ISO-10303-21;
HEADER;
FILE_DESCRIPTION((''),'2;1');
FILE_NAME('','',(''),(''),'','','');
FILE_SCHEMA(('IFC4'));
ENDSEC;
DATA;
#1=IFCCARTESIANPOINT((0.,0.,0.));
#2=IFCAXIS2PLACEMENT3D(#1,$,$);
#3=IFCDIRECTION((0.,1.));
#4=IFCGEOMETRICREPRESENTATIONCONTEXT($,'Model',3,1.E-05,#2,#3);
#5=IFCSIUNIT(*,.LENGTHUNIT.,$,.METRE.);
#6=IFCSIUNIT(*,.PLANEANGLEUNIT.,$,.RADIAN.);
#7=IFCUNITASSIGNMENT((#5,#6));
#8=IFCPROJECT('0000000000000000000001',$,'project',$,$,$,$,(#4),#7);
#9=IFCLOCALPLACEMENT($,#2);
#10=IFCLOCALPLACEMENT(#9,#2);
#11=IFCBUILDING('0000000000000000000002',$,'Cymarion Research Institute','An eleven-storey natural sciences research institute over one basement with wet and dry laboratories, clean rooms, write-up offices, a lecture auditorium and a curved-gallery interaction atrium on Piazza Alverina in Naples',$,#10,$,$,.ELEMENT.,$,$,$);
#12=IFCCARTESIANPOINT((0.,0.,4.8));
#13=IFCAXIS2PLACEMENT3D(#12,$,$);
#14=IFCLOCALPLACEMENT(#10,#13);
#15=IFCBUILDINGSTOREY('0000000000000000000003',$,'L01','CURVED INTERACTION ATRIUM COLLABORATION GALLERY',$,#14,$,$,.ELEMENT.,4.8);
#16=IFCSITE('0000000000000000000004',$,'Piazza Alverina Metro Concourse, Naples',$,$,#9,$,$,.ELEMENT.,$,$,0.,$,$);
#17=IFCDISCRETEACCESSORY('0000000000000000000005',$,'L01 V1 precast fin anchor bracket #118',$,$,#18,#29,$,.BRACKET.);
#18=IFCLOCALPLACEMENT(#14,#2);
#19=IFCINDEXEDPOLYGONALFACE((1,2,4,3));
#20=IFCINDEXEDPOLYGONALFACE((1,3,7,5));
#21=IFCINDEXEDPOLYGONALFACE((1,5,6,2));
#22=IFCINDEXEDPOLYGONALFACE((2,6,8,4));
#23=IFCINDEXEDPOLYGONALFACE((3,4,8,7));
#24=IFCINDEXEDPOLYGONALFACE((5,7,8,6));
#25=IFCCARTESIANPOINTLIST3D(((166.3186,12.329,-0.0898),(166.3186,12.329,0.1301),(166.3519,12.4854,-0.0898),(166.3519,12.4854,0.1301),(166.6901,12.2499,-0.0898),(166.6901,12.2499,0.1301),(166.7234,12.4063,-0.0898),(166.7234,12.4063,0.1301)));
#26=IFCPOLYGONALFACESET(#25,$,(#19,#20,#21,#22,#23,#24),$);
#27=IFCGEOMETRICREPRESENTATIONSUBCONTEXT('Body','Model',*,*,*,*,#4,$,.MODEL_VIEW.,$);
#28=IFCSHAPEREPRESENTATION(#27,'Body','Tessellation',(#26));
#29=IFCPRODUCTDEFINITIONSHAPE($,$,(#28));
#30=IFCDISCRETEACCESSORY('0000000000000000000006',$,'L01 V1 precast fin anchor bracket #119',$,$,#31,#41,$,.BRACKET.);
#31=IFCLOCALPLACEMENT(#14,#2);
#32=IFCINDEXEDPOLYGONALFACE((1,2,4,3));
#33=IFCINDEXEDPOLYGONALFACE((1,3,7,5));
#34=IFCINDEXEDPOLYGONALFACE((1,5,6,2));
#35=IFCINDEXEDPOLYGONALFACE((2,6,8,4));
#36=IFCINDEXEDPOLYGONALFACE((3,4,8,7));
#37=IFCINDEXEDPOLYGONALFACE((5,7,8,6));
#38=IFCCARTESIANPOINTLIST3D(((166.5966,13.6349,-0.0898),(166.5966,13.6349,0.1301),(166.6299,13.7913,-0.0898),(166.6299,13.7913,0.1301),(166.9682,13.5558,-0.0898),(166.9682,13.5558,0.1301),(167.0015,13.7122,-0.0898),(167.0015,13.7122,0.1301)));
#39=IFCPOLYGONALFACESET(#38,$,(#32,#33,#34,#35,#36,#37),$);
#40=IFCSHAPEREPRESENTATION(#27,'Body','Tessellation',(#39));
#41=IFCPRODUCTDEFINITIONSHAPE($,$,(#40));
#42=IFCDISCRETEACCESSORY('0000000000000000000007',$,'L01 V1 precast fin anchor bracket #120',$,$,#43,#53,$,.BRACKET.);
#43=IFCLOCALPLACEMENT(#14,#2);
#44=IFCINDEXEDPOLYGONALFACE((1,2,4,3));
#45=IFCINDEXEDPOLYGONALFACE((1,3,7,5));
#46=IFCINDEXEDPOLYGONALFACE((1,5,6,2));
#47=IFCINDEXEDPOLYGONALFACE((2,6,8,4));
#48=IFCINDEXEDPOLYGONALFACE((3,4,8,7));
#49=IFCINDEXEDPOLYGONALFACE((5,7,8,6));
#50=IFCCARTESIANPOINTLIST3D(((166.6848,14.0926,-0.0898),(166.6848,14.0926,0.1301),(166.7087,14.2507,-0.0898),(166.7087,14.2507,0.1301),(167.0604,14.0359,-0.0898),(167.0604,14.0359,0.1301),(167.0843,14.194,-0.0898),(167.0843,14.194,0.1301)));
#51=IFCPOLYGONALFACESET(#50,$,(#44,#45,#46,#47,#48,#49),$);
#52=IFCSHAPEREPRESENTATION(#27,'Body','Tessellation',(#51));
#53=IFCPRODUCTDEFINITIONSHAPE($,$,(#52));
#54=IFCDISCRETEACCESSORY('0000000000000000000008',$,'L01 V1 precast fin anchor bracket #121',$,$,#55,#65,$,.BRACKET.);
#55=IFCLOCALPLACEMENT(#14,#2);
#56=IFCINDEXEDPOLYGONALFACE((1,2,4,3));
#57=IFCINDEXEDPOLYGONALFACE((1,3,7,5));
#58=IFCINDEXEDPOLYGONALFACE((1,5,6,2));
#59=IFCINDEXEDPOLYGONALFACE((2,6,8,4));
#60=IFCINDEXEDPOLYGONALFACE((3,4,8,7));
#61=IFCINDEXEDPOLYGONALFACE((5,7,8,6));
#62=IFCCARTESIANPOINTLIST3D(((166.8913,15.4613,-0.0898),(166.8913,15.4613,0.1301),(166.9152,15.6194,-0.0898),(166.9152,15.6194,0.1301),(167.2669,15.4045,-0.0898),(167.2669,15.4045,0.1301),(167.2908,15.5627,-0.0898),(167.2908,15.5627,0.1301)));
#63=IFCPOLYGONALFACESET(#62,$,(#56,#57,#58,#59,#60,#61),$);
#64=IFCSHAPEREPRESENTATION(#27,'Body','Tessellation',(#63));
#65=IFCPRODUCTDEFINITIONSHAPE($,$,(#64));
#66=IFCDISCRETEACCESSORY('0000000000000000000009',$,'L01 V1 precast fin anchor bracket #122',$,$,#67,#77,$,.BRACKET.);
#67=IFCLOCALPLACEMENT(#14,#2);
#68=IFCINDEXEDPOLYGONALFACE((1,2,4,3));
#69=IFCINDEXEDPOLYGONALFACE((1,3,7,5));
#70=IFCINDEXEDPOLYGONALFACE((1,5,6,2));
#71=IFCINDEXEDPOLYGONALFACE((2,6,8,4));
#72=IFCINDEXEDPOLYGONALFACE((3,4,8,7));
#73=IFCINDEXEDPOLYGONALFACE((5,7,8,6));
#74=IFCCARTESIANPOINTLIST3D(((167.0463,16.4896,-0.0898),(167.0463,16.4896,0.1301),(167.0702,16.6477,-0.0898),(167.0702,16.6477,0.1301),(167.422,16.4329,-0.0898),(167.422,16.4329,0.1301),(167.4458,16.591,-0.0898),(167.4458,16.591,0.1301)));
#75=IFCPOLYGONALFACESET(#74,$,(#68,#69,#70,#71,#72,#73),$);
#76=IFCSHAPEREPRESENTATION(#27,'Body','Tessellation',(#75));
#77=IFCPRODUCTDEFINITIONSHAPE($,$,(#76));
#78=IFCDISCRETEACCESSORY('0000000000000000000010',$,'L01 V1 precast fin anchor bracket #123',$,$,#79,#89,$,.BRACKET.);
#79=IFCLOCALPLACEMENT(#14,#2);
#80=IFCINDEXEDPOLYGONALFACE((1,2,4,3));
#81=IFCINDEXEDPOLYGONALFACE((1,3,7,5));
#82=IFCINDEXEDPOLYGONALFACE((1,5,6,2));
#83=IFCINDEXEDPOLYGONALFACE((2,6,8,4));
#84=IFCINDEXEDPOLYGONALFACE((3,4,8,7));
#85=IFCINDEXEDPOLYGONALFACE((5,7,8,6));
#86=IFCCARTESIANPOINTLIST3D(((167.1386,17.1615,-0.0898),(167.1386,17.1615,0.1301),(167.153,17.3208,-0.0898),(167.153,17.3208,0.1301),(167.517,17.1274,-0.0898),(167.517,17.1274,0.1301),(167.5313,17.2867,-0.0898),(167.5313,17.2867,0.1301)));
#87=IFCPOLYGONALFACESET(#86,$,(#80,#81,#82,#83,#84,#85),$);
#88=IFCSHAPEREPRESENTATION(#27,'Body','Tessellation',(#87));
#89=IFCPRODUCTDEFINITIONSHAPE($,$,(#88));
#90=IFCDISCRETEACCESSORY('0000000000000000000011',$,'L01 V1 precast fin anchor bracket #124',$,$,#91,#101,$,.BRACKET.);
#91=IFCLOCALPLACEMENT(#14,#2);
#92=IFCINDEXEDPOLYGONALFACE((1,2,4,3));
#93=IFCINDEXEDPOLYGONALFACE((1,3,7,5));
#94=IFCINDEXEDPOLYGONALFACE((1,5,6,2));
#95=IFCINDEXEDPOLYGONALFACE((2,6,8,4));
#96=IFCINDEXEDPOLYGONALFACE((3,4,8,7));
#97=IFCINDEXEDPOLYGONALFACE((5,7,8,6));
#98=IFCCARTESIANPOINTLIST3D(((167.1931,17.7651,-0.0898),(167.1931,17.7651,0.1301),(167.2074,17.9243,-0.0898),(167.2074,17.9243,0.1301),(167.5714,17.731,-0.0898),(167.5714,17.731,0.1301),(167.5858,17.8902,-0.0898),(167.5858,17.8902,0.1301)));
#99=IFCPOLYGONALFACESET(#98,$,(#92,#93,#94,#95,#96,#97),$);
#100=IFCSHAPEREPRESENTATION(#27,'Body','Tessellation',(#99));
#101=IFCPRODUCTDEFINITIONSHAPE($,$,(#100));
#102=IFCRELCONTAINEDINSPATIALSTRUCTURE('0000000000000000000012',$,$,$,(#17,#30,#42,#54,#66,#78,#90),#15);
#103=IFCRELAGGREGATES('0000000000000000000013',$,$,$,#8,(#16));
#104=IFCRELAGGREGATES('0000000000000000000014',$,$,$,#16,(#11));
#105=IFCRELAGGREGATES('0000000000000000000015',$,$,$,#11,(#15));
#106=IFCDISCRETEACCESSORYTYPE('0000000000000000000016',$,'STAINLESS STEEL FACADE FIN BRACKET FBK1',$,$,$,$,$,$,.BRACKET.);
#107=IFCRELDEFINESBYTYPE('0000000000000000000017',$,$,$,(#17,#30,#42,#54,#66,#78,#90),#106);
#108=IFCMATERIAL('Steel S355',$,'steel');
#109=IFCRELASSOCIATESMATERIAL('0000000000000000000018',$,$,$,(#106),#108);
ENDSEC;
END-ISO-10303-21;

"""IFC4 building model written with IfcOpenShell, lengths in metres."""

from ifc_helpers import new_model, si_unit, direction, frame, origin, origin_2d, place, context, subcontext, project, spatial, rectangle, extrude, material, type_object, element, save


model = new_model("IFC4")

# Units and contexts
model_context = context("Model", 3, precision=1e-05, world=origin(), true_north=direction((0.0, 1.0)))
body_context = subcontext(model_context, "Body", "Model", "MODEL_VIEW")
ifc_project = project(units=[si_unit("LENGTHUNIT", "METRE"), si_unit("PLANEANGLEUNIT", "RADIAN")], contexts=[model_context])

# Site, building, storey
site_placement = place(None, origin())
site = spatial("IfcSite", under=ifc_project, at=site_placement, Name="Piazza Alverina Metro Concourse, Naples", CompositionType="ELEMENT", RefElevation=0.0)
building_placement = place(site_placement, origin())
building = spatial("IfcBuilding", under=site, at=building_placement, Name="Cymarion Research Institute", Description="An eleven-storey natural sciences research institute over one basement with wet and dry laboratories, clean rooms, write-up offices, a lecture auditorium and a curved-gallery interaction atrium on Piazza Alverina in Naples", CompositionType="ELEMENT")
storey_placement = place(building_placement, frame((0.0, 0.0, 4.8)))
storey = spatial("IfcBuildingStorey", under=building, at=storey_placement, Name="L01", Description="CURVED INTERACTION ATRIUM COLLABORATION GALLERY", CompositionType="ELEMENT", Elevation=4.8)

# Shared definitions
ifc_material_1 = material(Name="Steel S355", Category="steel")

# Discrete accessories
discrete_accessory_type = type_object("IfcDiscreteAccessoryType", Name="STAINLESS STEEL FACADE FIN BRACKET FBK1", PredefinedType="BRACKET", material=ifc_material_1)
for number, where, z_axis, x_axis, name in (
    (1, (166.521, 12.3677, -0.0898), (0.0, 0.0, 1.0), (0.978075, -0.208253, 0.0), "L01 V1 precast fin anchor bracket #118"),
    (2, (166.7991, 13.6736, -0.0898), (0.0, 0.0, 1.0), (0.978075, -0.208253, 0.0), "L01 V1 precast fin anchor bracket #119"),
    (3, (166.8845, 14.1433, -0.0898), (0.0, 0.0, 1.0), (0.988782, -0.149363, 0.0), "L01 V1 precast fin anchor bracket #120"),
    (4, (167.0911, 15.512, -0.0898), (0.0, 0.0, 1.0), (0.988782, -0.149363, 0.0), "L01 V1 precast fin anchor bracket #121"),
    (5, (167.2461, 16.5403, -0.0898), (0.0, 0.0, 1.0), (0.988782, -0.149363, 0.0), "L01 V1 precast fin anchor bracket #122"),
    (6, (167.335, 17.2241, -0.0898), (0.0, 0.0, 1.0), (0.995963, -0.089763, 0.0), "L01 V1 precast fin anchor bracket #123"),
    (7, (167.3894, 17.8276, -0.0898), (0.0, 0.0, 1.0), (0.995963, -0.089763, 0.0), "L01 V1 precast fin anchor bracket #124"),
):
    element("IfcDiscreteAccessory", number, at=place(storey_placement, frame(where, z_axis=z_axis, x_axis=x_axis)), inside=storey, type_object=discrete_accessory_type, Name=name, PredefinedType="BRACKET", context=body_context, shape_type="SweptSolid", body=[
        extrude(rectangle(XDim=0.3799, YDim=0.1599, at=origin_2d()), origin(), (0.0, 0.0, 1.0), 0.22),
    ])

save(model, "model.ifc")
